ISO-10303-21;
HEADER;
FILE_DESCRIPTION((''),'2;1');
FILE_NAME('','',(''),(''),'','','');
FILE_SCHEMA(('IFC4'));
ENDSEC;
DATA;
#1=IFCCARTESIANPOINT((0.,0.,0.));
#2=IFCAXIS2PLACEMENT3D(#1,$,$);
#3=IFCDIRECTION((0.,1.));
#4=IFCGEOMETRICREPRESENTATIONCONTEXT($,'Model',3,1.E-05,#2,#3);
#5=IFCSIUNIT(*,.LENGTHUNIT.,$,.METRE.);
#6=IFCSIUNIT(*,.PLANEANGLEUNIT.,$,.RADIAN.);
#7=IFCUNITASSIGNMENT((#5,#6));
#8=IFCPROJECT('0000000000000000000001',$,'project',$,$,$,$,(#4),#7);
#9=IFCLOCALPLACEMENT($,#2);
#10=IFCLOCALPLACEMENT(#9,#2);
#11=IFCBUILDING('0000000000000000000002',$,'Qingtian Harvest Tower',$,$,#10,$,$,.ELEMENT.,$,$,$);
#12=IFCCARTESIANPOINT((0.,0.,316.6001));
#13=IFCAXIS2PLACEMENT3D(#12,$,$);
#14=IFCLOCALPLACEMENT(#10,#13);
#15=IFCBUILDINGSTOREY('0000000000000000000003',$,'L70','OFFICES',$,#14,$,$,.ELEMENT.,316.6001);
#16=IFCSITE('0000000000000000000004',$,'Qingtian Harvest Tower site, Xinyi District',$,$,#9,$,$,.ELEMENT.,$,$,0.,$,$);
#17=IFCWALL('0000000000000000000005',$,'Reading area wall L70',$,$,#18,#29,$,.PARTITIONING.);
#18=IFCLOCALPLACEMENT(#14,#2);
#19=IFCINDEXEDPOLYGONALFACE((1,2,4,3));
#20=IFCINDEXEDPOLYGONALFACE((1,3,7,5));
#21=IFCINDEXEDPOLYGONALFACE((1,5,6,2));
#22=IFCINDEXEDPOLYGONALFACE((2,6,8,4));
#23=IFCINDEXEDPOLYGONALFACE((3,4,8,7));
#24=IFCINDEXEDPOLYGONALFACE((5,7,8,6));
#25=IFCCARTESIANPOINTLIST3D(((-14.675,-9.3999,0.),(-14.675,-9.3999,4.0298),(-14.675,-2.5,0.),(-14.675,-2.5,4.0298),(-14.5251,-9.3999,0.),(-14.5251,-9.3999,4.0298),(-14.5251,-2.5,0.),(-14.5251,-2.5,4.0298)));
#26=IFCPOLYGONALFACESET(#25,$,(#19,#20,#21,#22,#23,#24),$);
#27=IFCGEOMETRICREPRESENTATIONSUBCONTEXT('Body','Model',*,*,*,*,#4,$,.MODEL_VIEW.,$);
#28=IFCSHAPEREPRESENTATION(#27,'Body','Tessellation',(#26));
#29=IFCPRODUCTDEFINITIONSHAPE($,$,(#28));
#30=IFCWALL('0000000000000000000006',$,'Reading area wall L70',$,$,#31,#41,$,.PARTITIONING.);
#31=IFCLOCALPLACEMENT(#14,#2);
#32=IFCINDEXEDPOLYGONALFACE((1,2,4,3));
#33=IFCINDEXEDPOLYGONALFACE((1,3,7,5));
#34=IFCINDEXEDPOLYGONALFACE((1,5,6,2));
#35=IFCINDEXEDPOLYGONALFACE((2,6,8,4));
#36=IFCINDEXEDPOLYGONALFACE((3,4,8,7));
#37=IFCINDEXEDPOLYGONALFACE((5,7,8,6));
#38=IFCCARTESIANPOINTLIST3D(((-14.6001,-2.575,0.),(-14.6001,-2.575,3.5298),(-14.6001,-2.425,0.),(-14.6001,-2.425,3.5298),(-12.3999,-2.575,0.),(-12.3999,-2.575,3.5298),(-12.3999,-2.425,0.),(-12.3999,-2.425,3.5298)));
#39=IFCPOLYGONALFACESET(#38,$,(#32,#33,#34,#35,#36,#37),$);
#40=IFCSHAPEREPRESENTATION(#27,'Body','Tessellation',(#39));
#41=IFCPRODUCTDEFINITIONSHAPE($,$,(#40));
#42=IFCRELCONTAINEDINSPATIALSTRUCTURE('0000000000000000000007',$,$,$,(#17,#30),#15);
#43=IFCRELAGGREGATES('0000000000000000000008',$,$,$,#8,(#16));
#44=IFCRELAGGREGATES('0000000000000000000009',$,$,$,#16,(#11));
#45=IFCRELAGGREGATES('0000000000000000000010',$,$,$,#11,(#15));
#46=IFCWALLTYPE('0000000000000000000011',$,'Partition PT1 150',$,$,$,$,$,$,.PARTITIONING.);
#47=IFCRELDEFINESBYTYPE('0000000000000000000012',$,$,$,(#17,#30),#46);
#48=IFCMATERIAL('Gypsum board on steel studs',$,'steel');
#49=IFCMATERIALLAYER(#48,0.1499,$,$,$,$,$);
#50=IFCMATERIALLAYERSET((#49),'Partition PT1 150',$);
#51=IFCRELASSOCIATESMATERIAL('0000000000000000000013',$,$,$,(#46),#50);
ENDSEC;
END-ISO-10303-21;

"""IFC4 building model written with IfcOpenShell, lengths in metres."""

from ifc_helpers import new_model, si_unit, direction, frame, frame_2d, origin, place, context, subcontext, project, spatial, rectangle, extrude, material, layer, layer_set, type_object, element, save


model = new_model("IFC4")

# Units and contexts
model_context = context("Model", 3, precision=1e-05, world=origin(), true_north=direction((0.0, 1.0)))
body_context = subcontext(model_context, "Body", "Model", "MODEL_VIEW")
ifc_project = project(units=[si_unit("LENGTHUNIT", "METRE"), si_unit("PLANEANGLEUNIT", "RADIAN")], contexts=[model_context])

# Site, building, storey
site_placement = place(None, origin())
site = spatial("IfcSite", under=ifc_project, at=site_placement, Name="Qingtian Harvest Tower site, Xinyi District", CompositionType="ELEMENT", RefElevation=0.0)
building_placement = place(site_placement, origin())
building = spatial("IfcBuilding", under=site, at=building_placement, Name="Qingtian Harvest Tower", CompositionType="ELEMENT")
storey_placement = place(building_placement, frame((0.0, 0.0, 316.6001)))
storey = spatial("IfcBuildingStorey", under=building, at=storey_placement, Name="L70", Description="OFFICES", CompositionType="ELEMENT", Elevation=316.6001)

# Shared definitions
ifc_material_1 = material(Name="Gypsum board on steel studs", Category="steel")
ifc_layer_1 = layer(ifc_material_1, 0.1499)
ifc_layer_set_1 = layer_set([ifc_layer_1], Name="Partition PT1 150")
wall_type_1 = type_object("IfcWallType", Name="Partition PT1 150", PredefinedType="PARTITIONING", material=ifc_layer_set_1)

# Walls
wall_1_placement = place(storey_placement, frame((-14.6001, -9.3999, 0.0), z_axis=(0.0, 0.0, 1.0), x_axis=(0.0, 1.0, 0.0)))
element("IfcWall", 1, at=wall_1_placement, inside=storey, type_object=wall_type_1, Name="Reading area wall L70", PredefinedType="PARTITIONING", context=body_context, shape_type="SweptSolid", body=[
    extrude(rectangle(XDim=6.8999, YDim=0.1499, at=frame_2d((3.45, 0.0))), origin(), (0.0, 0.0, 1.0), 4.0298),
])
wall_2_placement = place(storey_placement, frame((-12.3999, -2.5, 0.0), z_axis=(0.0, 0.0, 1.0), x_axis=(-1.0, 0.0, 0.0)))
element("IfcWall", 2, at=wall_2_placement, inside=storey, type_object=wall_type_1, Name="Reading area wall L70", PredefinedType="PARTITIONING", context=body_context, shape_type="SweptSolid", body=[
    extrude(rectangle(XDim=2.2002, YDim=0.1499, at=frame_2d((1.1001, 0.0))), origin(), (0.0, 0.0, 1.0), 3.5298),
])

save(model, "model.ifc")
